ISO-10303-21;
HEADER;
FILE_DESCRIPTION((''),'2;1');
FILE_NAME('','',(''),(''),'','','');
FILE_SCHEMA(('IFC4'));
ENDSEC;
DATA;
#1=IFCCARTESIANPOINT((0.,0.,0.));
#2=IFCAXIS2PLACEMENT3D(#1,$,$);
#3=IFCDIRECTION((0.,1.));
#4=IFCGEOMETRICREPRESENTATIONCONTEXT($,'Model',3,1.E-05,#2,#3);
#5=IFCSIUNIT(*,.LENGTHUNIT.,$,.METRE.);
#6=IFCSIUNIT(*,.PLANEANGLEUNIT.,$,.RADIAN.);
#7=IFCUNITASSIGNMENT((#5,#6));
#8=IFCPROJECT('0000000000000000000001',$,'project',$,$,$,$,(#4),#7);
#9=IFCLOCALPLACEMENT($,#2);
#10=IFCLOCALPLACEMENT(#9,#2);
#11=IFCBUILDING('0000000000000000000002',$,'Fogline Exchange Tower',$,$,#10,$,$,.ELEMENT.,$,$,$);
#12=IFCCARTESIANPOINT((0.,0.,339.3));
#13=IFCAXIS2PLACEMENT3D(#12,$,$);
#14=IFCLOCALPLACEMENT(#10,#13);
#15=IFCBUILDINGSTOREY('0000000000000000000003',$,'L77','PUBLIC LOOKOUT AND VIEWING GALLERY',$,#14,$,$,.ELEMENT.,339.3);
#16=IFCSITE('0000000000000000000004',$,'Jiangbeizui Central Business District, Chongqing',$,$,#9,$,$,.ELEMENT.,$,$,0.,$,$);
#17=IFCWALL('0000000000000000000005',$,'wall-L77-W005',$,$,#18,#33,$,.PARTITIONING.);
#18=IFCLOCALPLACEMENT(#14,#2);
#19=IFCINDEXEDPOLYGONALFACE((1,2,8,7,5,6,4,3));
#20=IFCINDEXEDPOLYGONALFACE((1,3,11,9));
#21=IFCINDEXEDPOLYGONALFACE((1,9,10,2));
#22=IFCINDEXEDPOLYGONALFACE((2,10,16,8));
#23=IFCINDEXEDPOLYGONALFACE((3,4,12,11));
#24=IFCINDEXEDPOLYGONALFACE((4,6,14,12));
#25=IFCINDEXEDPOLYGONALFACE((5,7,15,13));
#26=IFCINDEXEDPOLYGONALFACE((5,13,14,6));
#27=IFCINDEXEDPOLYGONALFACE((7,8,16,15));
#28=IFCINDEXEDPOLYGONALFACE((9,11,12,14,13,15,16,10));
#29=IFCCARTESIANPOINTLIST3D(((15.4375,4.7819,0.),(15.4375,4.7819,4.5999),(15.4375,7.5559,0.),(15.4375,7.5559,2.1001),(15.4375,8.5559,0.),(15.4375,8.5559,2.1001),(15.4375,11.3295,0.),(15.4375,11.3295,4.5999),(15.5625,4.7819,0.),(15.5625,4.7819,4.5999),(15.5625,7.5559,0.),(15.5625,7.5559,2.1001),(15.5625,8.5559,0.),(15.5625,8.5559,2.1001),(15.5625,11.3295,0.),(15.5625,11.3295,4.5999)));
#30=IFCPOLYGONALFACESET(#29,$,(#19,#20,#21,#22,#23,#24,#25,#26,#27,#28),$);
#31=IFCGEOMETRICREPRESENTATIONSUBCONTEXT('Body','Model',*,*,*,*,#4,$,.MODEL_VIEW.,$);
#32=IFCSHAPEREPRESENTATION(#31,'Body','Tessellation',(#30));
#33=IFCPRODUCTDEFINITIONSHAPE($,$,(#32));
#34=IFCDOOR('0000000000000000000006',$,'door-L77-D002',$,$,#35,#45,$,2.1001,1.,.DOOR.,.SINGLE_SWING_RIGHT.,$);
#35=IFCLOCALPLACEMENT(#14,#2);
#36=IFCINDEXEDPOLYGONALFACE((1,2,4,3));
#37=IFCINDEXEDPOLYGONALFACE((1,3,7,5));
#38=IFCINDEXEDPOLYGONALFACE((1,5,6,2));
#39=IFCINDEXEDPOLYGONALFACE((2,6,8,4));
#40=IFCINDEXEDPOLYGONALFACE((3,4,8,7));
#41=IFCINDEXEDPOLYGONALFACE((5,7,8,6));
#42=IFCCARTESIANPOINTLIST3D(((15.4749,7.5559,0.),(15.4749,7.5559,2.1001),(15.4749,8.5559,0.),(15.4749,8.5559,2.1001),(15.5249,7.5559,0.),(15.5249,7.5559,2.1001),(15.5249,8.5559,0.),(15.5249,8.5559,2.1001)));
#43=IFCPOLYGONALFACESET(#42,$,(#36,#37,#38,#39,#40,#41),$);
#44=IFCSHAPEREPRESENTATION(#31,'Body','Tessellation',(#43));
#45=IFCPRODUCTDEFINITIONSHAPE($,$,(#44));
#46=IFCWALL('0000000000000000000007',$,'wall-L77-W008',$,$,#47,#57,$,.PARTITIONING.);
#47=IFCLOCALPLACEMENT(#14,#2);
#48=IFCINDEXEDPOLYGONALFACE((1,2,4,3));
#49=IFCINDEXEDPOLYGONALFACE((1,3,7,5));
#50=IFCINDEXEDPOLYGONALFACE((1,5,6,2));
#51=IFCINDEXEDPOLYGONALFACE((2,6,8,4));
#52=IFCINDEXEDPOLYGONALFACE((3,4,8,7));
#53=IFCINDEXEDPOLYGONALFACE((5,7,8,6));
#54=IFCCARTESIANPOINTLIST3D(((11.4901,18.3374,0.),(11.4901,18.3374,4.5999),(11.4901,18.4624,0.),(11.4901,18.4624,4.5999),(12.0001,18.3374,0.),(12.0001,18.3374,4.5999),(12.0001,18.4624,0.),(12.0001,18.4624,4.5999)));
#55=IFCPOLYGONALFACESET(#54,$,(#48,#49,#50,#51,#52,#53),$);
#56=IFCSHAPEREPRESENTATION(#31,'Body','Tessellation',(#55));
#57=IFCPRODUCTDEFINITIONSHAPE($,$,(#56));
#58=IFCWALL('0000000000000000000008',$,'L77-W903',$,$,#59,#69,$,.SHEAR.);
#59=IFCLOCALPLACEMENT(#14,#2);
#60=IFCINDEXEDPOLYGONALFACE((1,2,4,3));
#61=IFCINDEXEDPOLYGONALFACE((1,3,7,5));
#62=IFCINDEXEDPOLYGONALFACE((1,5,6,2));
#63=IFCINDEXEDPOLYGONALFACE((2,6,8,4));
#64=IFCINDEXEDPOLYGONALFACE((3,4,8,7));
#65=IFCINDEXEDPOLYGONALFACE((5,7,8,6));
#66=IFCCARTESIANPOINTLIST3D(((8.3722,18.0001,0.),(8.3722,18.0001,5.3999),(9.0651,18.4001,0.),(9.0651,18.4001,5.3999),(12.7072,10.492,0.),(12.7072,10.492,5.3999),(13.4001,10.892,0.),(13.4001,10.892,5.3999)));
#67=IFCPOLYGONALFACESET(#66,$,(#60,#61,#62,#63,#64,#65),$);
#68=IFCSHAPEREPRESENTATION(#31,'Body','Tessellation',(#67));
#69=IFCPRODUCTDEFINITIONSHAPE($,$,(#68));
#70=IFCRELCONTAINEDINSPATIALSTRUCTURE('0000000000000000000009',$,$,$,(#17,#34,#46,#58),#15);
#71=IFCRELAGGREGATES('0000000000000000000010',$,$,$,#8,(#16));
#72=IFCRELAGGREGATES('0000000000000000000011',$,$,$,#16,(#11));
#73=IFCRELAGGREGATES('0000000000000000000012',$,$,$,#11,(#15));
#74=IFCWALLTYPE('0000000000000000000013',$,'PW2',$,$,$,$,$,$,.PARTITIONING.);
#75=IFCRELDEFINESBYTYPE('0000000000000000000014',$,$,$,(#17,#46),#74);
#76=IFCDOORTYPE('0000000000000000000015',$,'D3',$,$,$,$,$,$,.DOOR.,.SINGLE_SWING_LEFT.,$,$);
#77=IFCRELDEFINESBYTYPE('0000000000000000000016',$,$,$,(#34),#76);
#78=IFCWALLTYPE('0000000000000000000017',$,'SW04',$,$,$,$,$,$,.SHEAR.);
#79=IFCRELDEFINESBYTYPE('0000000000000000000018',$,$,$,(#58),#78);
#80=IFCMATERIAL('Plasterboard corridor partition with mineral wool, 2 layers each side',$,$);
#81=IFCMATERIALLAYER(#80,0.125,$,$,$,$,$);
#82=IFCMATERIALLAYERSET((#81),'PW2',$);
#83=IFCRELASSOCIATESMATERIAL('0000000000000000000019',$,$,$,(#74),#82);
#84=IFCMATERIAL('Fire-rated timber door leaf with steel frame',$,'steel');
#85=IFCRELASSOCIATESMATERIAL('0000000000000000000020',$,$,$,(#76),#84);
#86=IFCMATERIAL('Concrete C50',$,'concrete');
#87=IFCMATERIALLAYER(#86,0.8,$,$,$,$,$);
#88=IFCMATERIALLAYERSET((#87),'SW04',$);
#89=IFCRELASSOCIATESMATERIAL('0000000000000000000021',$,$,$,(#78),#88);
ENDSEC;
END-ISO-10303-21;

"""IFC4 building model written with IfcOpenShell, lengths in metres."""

from ifc_helpers import new_model, si_unit, direction, frame, frame_2d, origin, place, context, subcontext, project, spatial, rectangle, extrude, material, layer, layer_set, type_object, element, fill, save


model = new_model("IFC4")

# Units and contexts
model_context = context("Model", 3, precision=1e-05, world=origin(), true_north=direction((0.0, 1.0)))
body_context = subcontext(model_context, "Body", "Model", "MODEL_VIEW")
ifc_project = project(units=[si_unit("LENGTHUNIT", "METRE"), si_unit("PLANEANGLEUNIT", "RADIAN")], contexts=[model_context])

# Site, building, storey
site_placement = place(None, origin())
site = spatial("IfcSite", under=ifc_project, at=site_placement, Name="Jiangbeizui Central Business District, Chongqing", CompositionType="ELEMENT", RefElevation=0.0)
building_placement = place(site_placement, origin())
building = spatial("IfcBuilding", under=site, at=building_placement, Name="Fogline Exchange Tower", CompositionType="ELEMENT")
storey_placement = place(building_placement, frame((0.0, 0.0, 339.3)))
storey = spatial("IfcBuildingStorey", under=building, at=storey_placement, Name="L77", Description="PUBLIC LOOKOUT AND VIEWING GALLERY", CompositionType="ELEMENT", Elevation=339.3)

# Shared definitions
ifc_material_1 = material(Name="Plasterboard corridor partition with mineral wool, 2 layers each side")
ifc_layer_1 = layer(ifc_material_1, 0.125)
ifc_layer_set_1 = layer_set([ifc_layer_1], Name="PW2")
wall_type_1 = type_object("IfcWallType", Name="PW2", PredefinedType="PARTITIONING", material=ifc_layer_set_1)

# Wall, opening, door
wall_1_placement = place(storey_placement, frame((15.5, 11.3296, 0.0), z_axis=(0.0, 0.0, 1.0), x_axis=(0.0, -1.0, 0.0)))
wall_1 = element("IfcWall", 1, at=wall_1_placement, inside=storey, type_object=wall_type_1, Name="wall-L77-W005", PredefinedType="PARTITIONING", context=body_context, shape_type="SweptSolid", body=[
    extrude(rectangle(XDim=6.5476, YDim=0.125, at=frame_2d((3.2739, 0.0))), origin(), (0.0, 0.0, 1.0), 4.5999),
])
opening_1_placement = place(wall_1_placement, frame((2.7737, 0.0, 0.0)))
opening_1 = element("IfcOpeningElement", 2, at=opening_1_placement, cuts=wall_1, PredefinedType="OPENING", context=body_context, shape_type="SweptSolid", body=[
    extrude(rectangle(XDim=1.0, YDim=2.1001, at=frame_2d((0.5, 1.05))), frame((0.0, 0.0725, 0.0), z_axis=(0.0, -1.0, 0.0), x_axis=(1.0, 0.0, 0.0)), (0.0, 0.0, 1.0), 0.145),
])
ifc_material_2 = material(Name="Fire-rated timber door leaf with steel frame", Category="steel")
door_type_1 = type_object("IfcDoorType", Name="D3", OperationType="SINGLE_SWING_LEFT", PredefinedType="DOOR", material=ifc_material_2)
door_1_placement = place(opening_1_placement, origin())
door_1 = element("IfcDoor", 3, at=door_1_placement, inside=storey, type_object=door_type_1, Name="door-L77-D002", OperationType="SINGLE_SWING_RIGHT", OverallHeight=2.1001, OverallWidth=1.0, PredefinedType="DOOR", context=body_context, shape_type="SweptSolid", body=[
    extrude(rectangle(XDim=1.0, YDim=2.1001, at=frame_2d((0.5, 1.05))), frame((0.0, 0.0249, 0.0), z_axis=(0.0, -1.0, 0.0), x_axis=(1.0, 0.0, 0.0)), (0.0, 0.0, 1.0), 0.05),
])
fill(opening_1, door_1)

# Walls
wall_2_placement = place(storey_placement, frame((12.0, 18.3999, 0.0), z_axis=(0.0, 0.0, 1.0), x_axis=(-1.0, 0.0, 0.0)))
element("IfcWall", 4, at=wall_2_placement, inside=storey, type_object=wall_type_1, Name="wall-L77-W008", PredefinedType="PARTITIONING", context=body_context, shape_type="SweptSolid", body=[
    extrude(rectangle(XDim=0.51, YDim=0.125, at=frame_2d((0.2549, 0.0))), origin(), (0.0, 0.0, 1.0), 4.5999),
])
ifc_material_3 = material(Name="Concrete C50", Category="concrete")
ifc_layer_2 = layer(ifc_material_3, 0.8)
ifc_layer_set_2 = layer_set([ifc_layer_2], Name="SW04")
wall_type_2 = type_object("IfcWallType", Name="SW04", PredefinedType="SHEAR", material=ifc_layer_set_2)
wall_3_placement = place(storey_placement, frame((13.0537, 10.6919, 0.0), z_axis=(0.0, 0.0, 1.0), x_axis=(-0.500016, 0.866016, 0.0)))
element("IfcWall", 5, at=wall_3_placement, inside=storey, type_object=wall_type_2, Name="L77-W903", PredefinedType="SHEAR", context=body_context, shape_type="SweptSolid", body=[
    extrude(rectangle(XDim=8.6697, YDim=0.8, at=frame_2d((4.335, 0.0))), origin(), (0.0, 0.0, 1.0), 5.3999),
])

save(model, "model.ifc")
